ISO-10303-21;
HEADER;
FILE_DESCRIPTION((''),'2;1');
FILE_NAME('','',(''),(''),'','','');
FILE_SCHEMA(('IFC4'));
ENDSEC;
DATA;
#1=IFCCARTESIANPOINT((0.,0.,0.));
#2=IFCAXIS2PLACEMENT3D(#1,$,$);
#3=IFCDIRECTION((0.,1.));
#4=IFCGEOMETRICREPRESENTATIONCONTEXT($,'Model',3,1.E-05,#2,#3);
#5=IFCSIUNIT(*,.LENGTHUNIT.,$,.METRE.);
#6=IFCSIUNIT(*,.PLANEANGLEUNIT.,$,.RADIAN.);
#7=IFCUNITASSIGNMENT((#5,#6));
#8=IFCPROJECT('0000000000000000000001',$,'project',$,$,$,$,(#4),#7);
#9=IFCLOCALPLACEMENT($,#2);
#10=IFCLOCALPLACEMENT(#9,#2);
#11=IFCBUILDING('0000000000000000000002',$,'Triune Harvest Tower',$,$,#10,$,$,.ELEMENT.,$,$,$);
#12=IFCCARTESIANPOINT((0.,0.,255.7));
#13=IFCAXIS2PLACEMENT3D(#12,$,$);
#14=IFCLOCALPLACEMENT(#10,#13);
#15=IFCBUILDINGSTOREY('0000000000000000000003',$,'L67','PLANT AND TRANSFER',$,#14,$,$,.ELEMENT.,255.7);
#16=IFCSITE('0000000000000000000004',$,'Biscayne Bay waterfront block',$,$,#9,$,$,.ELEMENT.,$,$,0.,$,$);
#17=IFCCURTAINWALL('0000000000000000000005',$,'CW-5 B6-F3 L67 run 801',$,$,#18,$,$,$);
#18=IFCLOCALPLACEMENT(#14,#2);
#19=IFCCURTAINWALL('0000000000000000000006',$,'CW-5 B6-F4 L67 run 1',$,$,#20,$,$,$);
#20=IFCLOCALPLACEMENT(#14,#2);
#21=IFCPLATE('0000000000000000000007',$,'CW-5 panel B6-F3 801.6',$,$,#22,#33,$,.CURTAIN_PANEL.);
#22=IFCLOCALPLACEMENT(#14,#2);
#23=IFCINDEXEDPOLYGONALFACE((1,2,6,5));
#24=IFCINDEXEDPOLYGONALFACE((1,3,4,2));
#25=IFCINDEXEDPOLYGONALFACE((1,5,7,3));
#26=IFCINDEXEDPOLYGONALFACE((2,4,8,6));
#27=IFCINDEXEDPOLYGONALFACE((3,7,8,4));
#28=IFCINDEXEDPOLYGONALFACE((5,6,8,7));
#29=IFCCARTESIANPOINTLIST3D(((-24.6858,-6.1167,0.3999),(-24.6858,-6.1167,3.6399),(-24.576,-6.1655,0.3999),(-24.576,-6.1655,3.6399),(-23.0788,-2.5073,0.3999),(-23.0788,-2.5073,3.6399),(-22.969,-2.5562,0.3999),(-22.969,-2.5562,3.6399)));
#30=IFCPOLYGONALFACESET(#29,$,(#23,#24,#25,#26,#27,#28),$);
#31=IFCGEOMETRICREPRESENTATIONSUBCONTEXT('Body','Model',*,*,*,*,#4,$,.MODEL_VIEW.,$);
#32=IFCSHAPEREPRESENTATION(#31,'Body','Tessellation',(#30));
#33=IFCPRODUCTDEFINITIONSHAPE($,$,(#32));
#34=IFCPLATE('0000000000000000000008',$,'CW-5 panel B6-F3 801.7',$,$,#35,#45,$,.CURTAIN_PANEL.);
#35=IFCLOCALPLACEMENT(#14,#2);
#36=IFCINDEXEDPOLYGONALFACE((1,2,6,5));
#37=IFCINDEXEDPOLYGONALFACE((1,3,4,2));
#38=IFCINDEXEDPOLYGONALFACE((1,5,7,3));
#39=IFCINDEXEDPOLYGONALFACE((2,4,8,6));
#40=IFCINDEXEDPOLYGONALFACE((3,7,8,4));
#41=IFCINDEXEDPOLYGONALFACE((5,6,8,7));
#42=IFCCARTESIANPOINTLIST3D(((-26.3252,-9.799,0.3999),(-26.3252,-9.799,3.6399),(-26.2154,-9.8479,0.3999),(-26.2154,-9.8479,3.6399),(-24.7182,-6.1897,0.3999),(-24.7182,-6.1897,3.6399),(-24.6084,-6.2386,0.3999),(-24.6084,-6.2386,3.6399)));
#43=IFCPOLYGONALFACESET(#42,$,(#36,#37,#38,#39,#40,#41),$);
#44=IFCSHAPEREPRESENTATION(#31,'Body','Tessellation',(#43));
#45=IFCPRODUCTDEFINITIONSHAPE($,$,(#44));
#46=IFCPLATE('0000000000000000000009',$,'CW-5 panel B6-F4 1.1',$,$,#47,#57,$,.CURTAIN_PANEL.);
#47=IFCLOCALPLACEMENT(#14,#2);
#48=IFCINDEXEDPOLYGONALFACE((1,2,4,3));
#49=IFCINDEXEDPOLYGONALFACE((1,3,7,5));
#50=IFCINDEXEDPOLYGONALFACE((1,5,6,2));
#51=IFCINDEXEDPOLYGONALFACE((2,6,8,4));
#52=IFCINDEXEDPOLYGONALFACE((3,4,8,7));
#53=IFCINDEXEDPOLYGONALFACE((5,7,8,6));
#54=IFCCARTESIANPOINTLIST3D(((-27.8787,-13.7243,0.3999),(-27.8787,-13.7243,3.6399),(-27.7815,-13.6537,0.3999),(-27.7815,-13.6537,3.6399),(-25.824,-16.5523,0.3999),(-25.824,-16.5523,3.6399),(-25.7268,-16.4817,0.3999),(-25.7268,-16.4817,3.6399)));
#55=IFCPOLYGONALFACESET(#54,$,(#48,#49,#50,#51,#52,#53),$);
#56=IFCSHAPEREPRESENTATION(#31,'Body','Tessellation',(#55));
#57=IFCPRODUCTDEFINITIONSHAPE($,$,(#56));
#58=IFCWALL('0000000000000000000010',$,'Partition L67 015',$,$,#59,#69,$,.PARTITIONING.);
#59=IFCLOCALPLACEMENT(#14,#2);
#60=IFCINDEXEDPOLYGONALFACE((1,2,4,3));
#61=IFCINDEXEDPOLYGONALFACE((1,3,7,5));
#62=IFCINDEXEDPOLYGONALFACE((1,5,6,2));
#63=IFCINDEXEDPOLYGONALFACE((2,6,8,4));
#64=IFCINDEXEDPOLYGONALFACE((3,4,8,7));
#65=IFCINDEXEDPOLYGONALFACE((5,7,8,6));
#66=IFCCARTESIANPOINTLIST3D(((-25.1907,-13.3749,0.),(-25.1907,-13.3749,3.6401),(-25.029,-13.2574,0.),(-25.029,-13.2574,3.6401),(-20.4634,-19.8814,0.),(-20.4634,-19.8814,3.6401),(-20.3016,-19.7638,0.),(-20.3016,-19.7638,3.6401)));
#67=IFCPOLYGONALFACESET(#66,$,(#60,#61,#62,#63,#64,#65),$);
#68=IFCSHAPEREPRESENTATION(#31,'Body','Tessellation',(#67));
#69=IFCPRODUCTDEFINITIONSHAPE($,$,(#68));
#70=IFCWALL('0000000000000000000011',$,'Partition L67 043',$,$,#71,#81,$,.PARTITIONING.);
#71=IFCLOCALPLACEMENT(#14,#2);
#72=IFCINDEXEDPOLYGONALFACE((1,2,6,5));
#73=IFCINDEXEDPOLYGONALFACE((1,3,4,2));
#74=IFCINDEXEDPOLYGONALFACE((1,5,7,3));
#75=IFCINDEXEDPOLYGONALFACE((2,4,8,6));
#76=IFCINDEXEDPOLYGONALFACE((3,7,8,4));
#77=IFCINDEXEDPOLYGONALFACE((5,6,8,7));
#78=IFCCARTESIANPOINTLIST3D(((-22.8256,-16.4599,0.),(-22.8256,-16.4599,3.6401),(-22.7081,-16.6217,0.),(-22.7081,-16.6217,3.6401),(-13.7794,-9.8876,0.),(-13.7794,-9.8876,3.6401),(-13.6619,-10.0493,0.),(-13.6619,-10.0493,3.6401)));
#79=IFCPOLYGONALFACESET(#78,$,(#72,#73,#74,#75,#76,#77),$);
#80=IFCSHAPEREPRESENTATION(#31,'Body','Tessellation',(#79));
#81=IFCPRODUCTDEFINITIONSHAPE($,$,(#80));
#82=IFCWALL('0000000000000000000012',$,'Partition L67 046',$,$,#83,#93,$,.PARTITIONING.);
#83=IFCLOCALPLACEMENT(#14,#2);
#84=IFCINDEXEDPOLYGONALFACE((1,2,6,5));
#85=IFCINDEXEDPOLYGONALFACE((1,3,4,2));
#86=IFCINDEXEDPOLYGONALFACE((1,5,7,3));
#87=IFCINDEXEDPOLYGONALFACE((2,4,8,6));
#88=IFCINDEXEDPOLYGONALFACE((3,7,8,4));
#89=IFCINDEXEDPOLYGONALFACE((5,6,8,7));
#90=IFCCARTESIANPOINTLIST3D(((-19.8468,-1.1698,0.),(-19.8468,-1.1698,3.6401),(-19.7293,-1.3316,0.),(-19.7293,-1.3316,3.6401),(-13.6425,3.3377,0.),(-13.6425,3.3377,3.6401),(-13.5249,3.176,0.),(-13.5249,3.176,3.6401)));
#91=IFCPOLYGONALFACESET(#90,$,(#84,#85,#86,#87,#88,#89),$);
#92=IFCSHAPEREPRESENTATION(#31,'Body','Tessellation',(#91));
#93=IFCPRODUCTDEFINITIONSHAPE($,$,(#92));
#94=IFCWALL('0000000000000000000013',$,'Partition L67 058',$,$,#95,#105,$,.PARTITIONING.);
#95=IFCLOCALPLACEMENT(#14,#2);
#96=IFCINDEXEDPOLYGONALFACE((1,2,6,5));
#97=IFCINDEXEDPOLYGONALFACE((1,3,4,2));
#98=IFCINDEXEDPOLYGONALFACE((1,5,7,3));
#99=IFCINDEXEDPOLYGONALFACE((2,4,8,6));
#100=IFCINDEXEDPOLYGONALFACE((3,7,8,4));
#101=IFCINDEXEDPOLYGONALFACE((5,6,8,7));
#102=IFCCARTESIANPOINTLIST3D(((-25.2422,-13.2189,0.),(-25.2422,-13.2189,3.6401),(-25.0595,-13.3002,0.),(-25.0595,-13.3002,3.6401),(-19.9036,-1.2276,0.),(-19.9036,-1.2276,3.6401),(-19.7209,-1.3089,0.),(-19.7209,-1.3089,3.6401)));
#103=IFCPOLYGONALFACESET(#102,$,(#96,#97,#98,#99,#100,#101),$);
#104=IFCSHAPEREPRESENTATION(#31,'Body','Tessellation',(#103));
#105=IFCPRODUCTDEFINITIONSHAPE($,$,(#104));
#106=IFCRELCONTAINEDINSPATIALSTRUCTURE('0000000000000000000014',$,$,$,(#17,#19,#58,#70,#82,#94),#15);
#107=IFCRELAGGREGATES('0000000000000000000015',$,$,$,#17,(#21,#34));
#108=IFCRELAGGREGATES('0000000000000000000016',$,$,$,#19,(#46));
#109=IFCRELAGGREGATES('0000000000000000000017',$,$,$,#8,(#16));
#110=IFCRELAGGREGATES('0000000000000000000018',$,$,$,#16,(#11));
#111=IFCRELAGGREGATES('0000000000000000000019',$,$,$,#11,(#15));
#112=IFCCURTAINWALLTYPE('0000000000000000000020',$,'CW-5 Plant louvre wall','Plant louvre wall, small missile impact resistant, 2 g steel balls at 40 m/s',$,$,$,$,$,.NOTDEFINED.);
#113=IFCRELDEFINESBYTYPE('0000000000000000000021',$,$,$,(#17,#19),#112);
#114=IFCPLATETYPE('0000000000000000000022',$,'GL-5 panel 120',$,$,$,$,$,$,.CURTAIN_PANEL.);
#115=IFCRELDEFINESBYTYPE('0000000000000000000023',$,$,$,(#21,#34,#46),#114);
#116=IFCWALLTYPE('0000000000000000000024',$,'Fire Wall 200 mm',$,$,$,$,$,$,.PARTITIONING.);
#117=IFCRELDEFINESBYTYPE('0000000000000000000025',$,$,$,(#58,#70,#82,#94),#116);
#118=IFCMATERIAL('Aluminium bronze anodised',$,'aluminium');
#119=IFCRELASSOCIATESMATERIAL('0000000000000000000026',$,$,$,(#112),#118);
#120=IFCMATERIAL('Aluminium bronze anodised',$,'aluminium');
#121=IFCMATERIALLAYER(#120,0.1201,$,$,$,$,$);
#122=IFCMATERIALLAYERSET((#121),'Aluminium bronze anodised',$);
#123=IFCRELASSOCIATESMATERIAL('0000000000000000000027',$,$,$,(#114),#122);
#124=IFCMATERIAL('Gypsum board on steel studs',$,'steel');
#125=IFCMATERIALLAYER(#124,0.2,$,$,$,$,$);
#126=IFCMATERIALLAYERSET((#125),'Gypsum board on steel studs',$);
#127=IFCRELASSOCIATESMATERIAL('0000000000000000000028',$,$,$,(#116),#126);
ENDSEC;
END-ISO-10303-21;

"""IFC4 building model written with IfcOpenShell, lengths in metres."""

from ifc_helpers import new_model, si_unit, direction, frame, frame_2d, origin, origin_2d, place, context, subcontext, project, spatial, rectangle, extrude, source, transform, mapped, material, layer, layer_set, type_object, element, aggregate, save


model = new_model("IFC4")

# Units and contexts
model_context = context("Model", 3, precision=1e-05, world=origin(), true_north=direction((0.0, 1.0)))
body_context = subcontext(model_context, "Body", "Model", "MODEL_VIEW")
ifc_project = project(units=[si_unit("LENGTHUNIT", "METRE"), si_unit("PLANEANGLEUNIT", "RADIAN")], contexts=[model_context])

# Site, building, storey
site_placement = place(None, origin())
site = spatial("IfcSite", under=ifc_project, at=site_placement, Name="Biscayne Bay waterfront block", CompositionType="ELEMENT", RefElevation=0.0)
building_placement = place(site_placement, origin())
building = spatial("IfcBuilding", under=site, at=building_placement, Name="Triune Harvest Tower", CompositionType="ELEMENT")
storey_placement = place(building_placement, frame((0.0, 0.0, 255.7)))
storey = spatial("IfcBuildingStorey", under=building, at=storey_placement, Name="L67", Description="PLANT AND TRANSFER", CompositionType="ELEMENT", Elevation=255.7)

# Curtain wall
ifc_material_1 = material(Name="Aluminium bronze anodised", Category="aluminium")
curtain_wall_type = type_object("IfcCurtainWallType", Name="CW-5 Plant louvre wall", Description="Plant louvre wall, small missile impact resistant, 2 g steel balls at 40 m/s", PredefinedType="NOTDEFINED", material=ifc_material_1)
curtain_wall_1_placement = place(storey_placement, origin())
curtain_wall_1 = element("IfcCurtainWall", 1, at=curtain_wall_1_placement, inside=storey, type_object=curtain_wall_type, Name="CW-5 B6-F3 L67 run 801")

# Curtain wall
curtain_wall_2_placement = place(storey_placement, origin())
curtain_wall_2 = element("IfcCurtainWall", 2, at=curtain_wall_2_placement, inside=storey, type_object=curtain_wall_type, Name="CW-5 B6-F4 L67 run 1")

# Plates
ifc_material_2 = material(Name="Aluminium bronze anodised", Category="aluminium")
ifc_layer_1 = layer(ifc_material_2, 0.1201)
ifc_layer_set_1 = layer_set([ifc_layer_1], Name="Aluminium bronze anodised")
plate_type = type_object("IfcPlateType", Name="GL-5 panel 120", PredefinedType="CURTAIN_PANEL", material=ifc_layer_set_1)
shared_shape_1 = source(origin(), body_context, "Body", "SweptSolid", [
    extrude(rectangle(XDim=3.9509, YDim=0.1201, at=origin_2d()), origin(), (0.0, 0.0, 1.0), 3.24),
])
plate_1_placement = place(storey_placement, frame((-23.8274, -4.3364, 0.3999), z_axis=(0.0, 0.0, 1.0), x_axis=(-0.406738, -0.913545, 0.0)))
plate_1 = element("IfcPlate", 3, at=plate_1_placement, type_object=plate_type, Name="CW-5 panel B6-F3 801.6", PredefinedType="CURTAIN_PANEL", context=body_context, shape_type="MappedRepresentation", body=[
    mapped(shared_shape_1, transform((0.0, 0.0, 0.0), scale=1.0)),
])
plate_2_placement = place(storey_placement, frame((-25.4668, -8.0188, 0.3999), z_axis=(0.0, 0.0, 1.0), x_axis=(-0.406738, -0.913545, 0.0)))
plate_2 = element("IfcPlate", 4, at=plate_2_placement, type_object=plate_type, Name="CW-5 panel B6-F3 801.7", PredefinedType="CURTAIN_PANEL", context=body_context, shape_type="MappedRepresentation", body=[
    mapped(shared_shape_1, transform((0.0, 0.0, 0.0), scale=1.0)),
])
aggregate(curtain_wall_1, [plate_1, plate_2])
shared_shape_2 = source(origin(), body_context, "Body", "SweptSolid", [
    extrude(rectangle(XDim=3.4956, YDim=0.1201, at=origin_2d()), origin(), (0.0, 0.0, 1.0), 3.24),
])
plate_3_placement = place(storey_placement, frame((-26.8027, -15.103, 0.3999), z_axis=(0.0, 0.0, 1.0), x_axis=(0.587789, -0.809014, 0.0)))
plate_3 = element("IfcPlate", 5, at=plate_3_placement, type_object=plate_type, Name="CW-5 panel B6-F4 1.1", PredefinedType="CURTAIN_PANEL", context=body_context, shape_type="MappedRepresentation", body=[
    mapped(shared_shape_2, transform((0.0, 0.0, 0.0), scale=1.0)),
])
aggregate(curtain_wall_2, [plate_3])

# Walls
ifc_material_3 = material(Name="Gypsum board on steel studs", Category="steel")
ifc_layer_2 = layer(ifc_material_3, 0.2)
ifc_layer_set_2 = layer_set([ifc_layer_2], Name="Gypsum board on steel studs")
wall_type = type_object("IfcWallType", Name="Fire Wall 200 mm", PredefinedType="PARTITIONING", material=ifc_layer_set_2)
wall_1_placement = place(storey_placement, frame((-25.1099, -13.3162, 0.0), z_axis=(0.0, 0.0, 1.0), x_axis=(0.587798, -0.809008, 0.0)))
element("IfcWall", 6, at=wall_1_placement, inside=storey, type_object=wall_type, Name="Partition L67 015", PredefinedType="PARTITIONING", context=body_context, shape_type="SweptSolid", body=[
    extrude(rectangle(XDim=8.0425, YDim=0.2, at=frame_2d((4.0212, 0.0))), origin(), (0.0, 0.0, 1.0), 3.6401),
])
wall_2_placement = place(storey_placement, frame((-22.7668, -16.5408, 0.0), z_axis=(0.0, 0.0, 1.0), x_axis=(0.809023, 0.587777, 0.0)))
element("IfcWall", 7, at=wall_2_placement, inside=storey, type_object=wall_type, Name="Partition L67 043", PredefinedType="PARTITIONING", context=body_context, shape_type="SweptSolid", body=[
    extrude(rectangle(XDim=11.1816, YDim=0.2, at=frame_2d((5.5908, 0.0))), origin(), (0.0, 0.0, 1.0), 3.6401),
])
wall_3_placement = place(storey_placement, frame((-19.7881, -1.2507, 0.0), z_axis=(0.0, 0.0, 1.0), x_axis=(0.809026, 0.587772, 0.0)))
element("IfcWall", 8, at=wall_3_placement, inside=storey, type_object=wall_type, Name="Partition L67 046", PredefinedType="PARTITIONING", context=body_context, shape_type="SweptSolid", body=[
    extrude(rectangle(XDim=7.6689, YDim=0.2, at=frame_2d((3.8345, 0.0))), origin(), (0.0, 0.0, 1.0), 3.6401),
])
wall_4_placement = place(storey_placement, frame((-25.1509, -13.2595, 0.0), z_axis=(0.0, 0.0, 1.0), x_axis=(0.406723, 0.913551, 0.0)))
element("IfcWall", 9, at=wall_4_placement, inside=storey, type_object=wall_type, Name="Partition L67 058", PredefinedType="PARTITIONING", context=body_context, shape_type="SweptSolid", body=[
    extrude(rectangle(XDim=13.126, YDim=0.2, at=frame_2d((6.563, 0.0))), origin(), (0.0, 0.0, 1.0), 3.6401),
])

save(model, "model.ifc")
